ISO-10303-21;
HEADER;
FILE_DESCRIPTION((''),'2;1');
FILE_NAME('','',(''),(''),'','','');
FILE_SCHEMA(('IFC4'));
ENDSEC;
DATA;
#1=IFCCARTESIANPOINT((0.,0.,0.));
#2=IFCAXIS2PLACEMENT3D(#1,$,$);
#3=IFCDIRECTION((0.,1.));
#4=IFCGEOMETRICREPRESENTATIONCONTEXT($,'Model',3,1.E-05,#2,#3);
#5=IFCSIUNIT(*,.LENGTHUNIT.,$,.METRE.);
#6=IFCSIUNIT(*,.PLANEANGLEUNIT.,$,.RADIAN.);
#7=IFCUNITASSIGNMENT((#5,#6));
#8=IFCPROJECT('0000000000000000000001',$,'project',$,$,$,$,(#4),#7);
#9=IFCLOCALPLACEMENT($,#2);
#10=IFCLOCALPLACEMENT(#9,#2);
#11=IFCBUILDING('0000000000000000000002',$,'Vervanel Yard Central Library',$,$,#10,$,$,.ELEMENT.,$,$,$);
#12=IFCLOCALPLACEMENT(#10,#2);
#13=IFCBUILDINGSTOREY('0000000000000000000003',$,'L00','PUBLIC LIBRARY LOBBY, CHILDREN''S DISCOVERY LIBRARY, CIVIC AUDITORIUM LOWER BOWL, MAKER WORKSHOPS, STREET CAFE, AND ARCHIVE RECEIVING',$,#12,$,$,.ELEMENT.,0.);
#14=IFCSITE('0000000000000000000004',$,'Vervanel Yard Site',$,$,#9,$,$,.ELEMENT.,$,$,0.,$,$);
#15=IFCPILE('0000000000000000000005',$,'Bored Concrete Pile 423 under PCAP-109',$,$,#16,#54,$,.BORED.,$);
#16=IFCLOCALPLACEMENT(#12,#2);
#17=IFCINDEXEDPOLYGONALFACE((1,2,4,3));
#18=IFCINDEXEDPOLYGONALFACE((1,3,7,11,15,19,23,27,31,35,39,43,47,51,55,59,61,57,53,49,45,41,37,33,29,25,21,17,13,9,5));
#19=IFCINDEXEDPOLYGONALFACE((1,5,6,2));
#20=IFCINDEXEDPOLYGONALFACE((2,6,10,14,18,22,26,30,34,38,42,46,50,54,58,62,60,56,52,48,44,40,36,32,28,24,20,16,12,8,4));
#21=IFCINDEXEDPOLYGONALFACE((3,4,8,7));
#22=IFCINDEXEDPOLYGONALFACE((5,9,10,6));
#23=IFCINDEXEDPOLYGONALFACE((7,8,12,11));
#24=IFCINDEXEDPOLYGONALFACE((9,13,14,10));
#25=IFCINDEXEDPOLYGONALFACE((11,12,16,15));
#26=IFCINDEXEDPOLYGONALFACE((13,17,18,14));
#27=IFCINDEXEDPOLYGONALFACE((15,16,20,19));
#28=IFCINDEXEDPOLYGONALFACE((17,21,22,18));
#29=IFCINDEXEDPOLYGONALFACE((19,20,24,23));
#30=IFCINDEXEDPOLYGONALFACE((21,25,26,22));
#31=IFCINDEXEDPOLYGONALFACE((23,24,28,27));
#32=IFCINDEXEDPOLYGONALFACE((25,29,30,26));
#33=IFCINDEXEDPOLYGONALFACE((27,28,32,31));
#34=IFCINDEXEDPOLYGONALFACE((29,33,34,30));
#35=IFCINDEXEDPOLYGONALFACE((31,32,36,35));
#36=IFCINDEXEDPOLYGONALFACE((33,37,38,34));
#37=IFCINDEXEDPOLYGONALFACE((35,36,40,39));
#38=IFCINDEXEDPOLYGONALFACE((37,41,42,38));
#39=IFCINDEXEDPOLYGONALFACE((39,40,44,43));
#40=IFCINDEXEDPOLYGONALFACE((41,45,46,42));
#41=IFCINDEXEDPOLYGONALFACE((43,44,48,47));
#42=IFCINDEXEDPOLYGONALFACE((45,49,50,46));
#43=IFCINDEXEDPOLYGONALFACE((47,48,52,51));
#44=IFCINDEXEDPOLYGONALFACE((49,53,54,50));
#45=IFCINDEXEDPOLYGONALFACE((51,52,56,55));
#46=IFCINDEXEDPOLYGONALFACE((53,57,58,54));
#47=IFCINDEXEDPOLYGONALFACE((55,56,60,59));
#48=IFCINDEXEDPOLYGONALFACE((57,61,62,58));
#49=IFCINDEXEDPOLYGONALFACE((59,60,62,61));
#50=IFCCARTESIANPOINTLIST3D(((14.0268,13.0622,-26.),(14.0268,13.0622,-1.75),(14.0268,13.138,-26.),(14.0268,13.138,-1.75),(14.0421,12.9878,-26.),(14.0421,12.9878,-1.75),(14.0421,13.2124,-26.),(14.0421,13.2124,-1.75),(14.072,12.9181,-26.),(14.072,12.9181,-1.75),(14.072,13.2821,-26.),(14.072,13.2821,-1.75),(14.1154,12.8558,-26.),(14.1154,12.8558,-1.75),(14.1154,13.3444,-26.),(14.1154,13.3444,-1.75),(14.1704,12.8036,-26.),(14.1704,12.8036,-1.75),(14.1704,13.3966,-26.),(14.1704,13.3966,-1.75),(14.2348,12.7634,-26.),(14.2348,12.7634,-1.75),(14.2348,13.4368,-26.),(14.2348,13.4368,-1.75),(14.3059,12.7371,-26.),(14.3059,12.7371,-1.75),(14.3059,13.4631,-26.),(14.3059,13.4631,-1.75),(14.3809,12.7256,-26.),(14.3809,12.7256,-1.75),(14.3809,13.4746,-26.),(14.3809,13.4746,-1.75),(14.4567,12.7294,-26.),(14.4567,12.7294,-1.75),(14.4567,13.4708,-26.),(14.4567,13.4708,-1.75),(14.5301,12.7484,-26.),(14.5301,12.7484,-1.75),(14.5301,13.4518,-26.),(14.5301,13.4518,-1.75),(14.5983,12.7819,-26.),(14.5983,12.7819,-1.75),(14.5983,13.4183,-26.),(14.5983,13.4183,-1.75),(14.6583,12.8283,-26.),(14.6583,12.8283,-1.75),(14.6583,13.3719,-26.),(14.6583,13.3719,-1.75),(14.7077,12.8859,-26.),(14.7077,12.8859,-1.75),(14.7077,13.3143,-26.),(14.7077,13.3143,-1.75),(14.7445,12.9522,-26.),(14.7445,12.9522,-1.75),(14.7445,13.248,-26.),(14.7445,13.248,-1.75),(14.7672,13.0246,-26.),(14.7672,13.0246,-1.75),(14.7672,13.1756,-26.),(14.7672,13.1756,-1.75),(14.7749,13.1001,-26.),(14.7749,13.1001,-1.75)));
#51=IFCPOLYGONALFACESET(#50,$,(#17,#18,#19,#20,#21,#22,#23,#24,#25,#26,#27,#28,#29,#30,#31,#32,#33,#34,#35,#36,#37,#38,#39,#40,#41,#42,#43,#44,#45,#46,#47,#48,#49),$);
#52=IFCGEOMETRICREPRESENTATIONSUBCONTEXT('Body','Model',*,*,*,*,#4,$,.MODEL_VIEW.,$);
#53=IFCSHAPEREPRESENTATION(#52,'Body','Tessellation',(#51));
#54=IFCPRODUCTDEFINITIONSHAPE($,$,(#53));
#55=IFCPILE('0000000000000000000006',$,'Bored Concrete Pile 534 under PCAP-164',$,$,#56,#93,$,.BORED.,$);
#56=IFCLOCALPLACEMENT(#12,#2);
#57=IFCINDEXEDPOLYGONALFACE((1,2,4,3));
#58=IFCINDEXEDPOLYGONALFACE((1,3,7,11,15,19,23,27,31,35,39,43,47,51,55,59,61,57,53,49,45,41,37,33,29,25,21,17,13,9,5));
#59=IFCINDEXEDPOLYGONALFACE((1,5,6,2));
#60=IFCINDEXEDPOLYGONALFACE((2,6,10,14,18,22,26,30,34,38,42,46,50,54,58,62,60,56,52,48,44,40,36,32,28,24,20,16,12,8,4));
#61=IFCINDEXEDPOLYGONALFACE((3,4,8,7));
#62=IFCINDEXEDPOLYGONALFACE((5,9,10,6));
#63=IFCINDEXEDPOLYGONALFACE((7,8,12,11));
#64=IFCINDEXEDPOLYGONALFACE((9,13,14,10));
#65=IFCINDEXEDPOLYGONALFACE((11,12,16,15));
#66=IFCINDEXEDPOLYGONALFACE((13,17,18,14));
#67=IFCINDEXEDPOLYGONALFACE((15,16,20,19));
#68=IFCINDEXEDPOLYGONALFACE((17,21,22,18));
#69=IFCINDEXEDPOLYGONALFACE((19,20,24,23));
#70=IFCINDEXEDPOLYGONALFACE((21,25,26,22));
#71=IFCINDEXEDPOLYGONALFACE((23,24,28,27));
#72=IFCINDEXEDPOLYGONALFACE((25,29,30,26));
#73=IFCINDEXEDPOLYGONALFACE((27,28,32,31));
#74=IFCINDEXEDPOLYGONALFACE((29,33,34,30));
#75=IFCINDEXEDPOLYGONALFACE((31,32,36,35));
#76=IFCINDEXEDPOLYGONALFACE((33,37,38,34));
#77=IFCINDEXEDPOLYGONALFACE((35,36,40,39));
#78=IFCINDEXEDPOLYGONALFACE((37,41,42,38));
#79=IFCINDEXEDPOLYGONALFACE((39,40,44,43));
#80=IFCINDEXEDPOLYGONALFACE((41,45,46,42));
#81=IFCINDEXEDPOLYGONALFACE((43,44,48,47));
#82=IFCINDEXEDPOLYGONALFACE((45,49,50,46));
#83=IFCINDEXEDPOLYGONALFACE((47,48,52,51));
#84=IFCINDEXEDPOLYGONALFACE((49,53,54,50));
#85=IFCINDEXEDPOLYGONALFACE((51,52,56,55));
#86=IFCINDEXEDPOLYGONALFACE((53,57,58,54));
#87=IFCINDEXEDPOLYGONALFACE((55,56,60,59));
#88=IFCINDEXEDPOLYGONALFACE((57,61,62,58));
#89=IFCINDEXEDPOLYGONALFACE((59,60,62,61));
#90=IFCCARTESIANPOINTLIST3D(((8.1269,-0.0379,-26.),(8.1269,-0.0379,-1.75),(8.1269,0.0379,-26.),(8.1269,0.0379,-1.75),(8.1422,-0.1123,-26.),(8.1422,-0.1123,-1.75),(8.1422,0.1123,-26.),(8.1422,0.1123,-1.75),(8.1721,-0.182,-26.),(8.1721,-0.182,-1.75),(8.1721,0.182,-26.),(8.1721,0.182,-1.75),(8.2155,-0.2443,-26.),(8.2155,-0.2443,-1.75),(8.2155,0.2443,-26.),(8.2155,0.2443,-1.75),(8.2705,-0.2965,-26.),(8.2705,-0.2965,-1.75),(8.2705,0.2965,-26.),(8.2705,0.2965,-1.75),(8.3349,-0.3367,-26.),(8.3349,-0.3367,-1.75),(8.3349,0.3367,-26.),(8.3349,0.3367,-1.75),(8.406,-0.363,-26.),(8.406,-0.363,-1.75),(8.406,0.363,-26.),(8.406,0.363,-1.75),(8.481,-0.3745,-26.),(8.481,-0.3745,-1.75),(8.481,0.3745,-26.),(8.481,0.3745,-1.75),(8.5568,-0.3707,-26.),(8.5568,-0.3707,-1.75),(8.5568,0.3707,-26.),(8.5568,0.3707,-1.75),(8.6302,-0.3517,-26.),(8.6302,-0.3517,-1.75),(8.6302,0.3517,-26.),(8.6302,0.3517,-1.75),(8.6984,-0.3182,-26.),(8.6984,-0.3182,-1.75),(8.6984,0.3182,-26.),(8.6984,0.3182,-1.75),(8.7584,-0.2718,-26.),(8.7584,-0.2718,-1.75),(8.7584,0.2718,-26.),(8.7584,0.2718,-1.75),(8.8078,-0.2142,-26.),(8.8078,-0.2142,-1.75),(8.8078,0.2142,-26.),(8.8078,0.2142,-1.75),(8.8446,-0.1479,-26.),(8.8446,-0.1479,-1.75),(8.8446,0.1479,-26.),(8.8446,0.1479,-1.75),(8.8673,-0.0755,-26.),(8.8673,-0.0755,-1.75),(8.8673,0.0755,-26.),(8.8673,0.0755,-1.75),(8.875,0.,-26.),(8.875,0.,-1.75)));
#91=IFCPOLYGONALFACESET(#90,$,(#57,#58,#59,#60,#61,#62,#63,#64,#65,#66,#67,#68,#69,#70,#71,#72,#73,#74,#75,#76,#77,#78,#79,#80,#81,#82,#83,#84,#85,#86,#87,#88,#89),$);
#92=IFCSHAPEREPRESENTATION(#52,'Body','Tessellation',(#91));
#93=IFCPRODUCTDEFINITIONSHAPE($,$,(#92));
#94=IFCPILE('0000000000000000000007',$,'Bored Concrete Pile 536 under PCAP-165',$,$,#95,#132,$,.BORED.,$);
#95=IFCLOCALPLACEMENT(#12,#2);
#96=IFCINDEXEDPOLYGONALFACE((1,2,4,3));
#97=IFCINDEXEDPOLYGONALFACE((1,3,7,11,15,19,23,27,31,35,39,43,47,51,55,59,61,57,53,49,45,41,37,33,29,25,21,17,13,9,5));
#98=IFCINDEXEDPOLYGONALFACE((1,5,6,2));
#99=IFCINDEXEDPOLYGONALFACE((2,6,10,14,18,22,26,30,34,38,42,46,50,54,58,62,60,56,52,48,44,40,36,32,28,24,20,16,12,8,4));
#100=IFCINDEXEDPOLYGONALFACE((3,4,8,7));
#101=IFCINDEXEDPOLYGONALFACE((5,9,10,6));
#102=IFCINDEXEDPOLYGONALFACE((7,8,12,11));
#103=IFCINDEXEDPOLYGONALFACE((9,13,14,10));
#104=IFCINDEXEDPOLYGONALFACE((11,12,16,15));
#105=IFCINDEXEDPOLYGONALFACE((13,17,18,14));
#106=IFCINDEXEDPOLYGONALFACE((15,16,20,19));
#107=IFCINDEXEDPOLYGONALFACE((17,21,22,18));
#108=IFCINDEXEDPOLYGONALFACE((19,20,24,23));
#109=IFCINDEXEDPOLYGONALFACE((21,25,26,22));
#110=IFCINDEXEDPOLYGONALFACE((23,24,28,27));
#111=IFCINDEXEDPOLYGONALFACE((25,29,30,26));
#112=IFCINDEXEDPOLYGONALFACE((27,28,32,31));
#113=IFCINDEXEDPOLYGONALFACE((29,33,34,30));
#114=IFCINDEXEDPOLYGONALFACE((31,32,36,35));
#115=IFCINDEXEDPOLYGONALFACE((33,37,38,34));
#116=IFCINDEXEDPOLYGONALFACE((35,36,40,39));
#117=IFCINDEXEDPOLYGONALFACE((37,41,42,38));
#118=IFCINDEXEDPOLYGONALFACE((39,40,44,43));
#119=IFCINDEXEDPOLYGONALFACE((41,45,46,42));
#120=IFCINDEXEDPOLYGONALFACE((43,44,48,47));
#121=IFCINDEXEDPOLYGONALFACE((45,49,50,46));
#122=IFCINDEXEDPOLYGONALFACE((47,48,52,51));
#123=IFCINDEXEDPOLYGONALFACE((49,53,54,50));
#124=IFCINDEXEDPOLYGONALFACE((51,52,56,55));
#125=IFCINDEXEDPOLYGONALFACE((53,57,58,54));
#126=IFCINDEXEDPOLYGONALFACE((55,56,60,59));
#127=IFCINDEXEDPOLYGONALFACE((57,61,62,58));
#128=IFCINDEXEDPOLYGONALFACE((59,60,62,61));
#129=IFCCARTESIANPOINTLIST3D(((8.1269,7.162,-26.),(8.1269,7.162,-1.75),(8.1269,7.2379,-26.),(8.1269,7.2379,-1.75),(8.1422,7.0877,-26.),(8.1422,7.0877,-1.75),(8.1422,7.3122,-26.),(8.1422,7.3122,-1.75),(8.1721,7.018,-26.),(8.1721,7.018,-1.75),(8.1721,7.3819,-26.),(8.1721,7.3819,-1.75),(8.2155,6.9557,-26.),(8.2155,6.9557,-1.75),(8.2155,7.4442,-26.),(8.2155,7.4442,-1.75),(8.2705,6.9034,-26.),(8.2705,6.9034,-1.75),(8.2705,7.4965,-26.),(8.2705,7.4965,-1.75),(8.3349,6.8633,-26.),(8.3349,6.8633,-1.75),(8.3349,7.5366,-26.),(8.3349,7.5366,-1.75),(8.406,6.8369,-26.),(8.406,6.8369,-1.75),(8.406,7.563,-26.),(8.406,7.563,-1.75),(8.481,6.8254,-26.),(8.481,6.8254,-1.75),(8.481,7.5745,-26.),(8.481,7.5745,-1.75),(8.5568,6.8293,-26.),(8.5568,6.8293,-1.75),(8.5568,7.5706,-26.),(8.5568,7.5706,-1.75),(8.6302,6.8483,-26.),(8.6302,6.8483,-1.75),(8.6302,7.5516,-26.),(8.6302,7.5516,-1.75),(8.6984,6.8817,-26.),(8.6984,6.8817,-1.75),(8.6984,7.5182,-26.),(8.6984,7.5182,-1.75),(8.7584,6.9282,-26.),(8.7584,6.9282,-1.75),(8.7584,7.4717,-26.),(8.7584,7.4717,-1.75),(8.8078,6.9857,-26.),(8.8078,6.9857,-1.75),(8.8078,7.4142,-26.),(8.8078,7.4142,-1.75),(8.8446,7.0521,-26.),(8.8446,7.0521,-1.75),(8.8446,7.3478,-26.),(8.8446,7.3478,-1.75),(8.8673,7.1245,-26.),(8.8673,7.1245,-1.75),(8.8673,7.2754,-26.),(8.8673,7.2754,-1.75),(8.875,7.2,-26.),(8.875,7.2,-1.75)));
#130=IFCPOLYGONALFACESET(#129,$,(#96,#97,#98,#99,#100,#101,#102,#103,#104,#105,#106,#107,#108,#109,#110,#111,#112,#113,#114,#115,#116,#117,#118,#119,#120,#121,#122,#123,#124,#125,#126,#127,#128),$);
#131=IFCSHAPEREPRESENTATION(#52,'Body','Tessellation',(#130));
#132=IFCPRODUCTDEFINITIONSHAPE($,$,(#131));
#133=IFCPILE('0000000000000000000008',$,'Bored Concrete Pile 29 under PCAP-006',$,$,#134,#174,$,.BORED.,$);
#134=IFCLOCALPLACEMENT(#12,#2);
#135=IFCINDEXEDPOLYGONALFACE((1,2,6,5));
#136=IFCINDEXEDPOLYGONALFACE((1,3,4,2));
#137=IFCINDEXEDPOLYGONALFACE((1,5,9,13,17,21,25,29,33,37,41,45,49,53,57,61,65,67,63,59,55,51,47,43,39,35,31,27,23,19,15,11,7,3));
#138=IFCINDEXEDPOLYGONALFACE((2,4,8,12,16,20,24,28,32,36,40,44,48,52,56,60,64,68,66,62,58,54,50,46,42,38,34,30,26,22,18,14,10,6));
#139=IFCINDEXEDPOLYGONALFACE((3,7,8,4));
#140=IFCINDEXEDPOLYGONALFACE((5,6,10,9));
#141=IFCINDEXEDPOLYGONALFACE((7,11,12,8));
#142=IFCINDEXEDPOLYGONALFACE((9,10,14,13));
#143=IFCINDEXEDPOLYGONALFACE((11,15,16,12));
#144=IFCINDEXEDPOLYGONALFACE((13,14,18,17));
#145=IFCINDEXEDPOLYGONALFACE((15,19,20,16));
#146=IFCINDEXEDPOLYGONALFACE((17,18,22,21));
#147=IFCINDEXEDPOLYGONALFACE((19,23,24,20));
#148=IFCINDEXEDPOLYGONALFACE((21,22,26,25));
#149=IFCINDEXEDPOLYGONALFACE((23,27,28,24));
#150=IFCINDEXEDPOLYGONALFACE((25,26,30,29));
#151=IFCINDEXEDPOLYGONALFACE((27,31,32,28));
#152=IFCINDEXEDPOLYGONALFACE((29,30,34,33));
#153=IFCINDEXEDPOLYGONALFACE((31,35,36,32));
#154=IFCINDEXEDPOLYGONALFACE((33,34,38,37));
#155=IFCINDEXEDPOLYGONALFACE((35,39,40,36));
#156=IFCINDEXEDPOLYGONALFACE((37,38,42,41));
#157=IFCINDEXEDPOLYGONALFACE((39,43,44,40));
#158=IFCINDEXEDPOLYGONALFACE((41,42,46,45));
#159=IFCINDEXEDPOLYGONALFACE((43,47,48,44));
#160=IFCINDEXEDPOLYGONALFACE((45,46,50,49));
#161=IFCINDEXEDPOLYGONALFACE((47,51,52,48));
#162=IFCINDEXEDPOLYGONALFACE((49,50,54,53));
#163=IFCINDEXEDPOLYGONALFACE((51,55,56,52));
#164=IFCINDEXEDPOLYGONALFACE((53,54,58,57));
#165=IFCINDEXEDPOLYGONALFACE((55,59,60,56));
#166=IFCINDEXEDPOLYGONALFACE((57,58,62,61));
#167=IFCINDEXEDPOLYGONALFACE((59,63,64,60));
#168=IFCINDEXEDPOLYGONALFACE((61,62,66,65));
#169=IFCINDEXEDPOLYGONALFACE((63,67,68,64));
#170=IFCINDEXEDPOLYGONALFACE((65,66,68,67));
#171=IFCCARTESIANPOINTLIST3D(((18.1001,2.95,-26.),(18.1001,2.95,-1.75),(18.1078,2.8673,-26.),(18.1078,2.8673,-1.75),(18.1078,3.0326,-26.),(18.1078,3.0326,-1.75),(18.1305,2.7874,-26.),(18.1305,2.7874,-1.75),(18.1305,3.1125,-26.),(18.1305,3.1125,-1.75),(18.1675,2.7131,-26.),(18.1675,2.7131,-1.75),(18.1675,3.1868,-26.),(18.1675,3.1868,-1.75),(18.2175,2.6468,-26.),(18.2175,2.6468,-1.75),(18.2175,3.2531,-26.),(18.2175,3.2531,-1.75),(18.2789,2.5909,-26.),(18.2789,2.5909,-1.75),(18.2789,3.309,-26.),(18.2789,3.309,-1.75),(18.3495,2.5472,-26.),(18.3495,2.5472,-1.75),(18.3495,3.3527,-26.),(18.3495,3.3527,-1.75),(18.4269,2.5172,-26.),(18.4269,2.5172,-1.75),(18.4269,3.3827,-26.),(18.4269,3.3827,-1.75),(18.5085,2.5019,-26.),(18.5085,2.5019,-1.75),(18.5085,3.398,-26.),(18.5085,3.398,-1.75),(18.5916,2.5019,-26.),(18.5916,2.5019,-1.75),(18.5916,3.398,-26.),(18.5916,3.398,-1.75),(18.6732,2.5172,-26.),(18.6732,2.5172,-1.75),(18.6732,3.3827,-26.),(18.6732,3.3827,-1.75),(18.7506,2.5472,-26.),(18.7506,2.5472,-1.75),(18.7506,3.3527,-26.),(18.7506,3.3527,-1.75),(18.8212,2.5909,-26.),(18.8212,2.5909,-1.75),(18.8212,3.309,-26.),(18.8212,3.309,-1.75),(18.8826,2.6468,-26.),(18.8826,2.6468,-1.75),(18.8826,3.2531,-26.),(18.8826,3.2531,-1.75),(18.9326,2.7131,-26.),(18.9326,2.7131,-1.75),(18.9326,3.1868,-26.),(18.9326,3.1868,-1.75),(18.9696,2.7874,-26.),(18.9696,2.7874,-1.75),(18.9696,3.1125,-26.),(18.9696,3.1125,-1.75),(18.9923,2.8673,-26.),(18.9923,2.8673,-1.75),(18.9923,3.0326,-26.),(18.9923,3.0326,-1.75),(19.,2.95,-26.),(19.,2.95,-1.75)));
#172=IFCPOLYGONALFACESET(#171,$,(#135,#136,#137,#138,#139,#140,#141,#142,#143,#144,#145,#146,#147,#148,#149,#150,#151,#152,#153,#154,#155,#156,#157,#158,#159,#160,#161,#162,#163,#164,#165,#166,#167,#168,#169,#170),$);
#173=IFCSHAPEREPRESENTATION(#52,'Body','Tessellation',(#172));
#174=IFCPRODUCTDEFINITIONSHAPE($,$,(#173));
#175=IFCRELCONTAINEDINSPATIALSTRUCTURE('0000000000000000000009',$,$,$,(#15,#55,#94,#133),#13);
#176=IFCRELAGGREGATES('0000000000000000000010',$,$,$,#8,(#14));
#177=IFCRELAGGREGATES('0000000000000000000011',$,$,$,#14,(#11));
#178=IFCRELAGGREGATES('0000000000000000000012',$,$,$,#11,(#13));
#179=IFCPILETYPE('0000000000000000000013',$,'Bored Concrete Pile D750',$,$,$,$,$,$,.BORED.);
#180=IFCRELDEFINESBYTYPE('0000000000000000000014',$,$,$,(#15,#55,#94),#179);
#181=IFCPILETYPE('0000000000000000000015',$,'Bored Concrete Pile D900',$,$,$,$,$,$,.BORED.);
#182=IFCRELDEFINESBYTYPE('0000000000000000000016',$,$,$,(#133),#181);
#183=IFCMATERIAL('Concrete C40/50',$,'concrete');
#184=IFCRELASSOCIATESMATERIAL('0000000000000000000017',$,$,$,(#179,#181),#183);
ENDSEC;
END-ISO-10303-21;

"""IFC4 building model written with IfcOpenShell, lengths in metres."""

from ifc_helpers import new_model, si_unit, direction, frame, origin, origin_2d, place, context, subcontext, project, spatial, circle, extrude, material, material_profile, profile_set, type_object, element, save


model = new_model("IFC4")

# Units and contexts
model_context = context("Model", 3, precision=1e-05, world=origin(), true_north=direction((0.0, 1.0)))
body_context = subcontext(model_context, "Body", "Model", "MODEL_VIEW")
ifc_project = project(units=[si_unit("LENGTHUNIT", "METRE"), si_unit("PLANEANGLEUNIT", "RADIAN")], contexts=[model_context])

# Site, building, storey
site_placement = place(None, origin())
site = spatial("IfcSite", under=ifc_project, at=site_placement, Name="Vervanel Yard Site", CompositionType="ELEMENT", RefElevation=0.0)
building_placement = place(site_placement, origin())
building = spatial("IfcBuilding", under=site, at=building_placement, Name="Vervanel Yard Central Library", CompositionType="ELEMENT")
storey_placement = place(building_placement, origin())
storey = spatial("IfcBuildingStorey", under=building, at=storey_placement, Name="L00", Description="PUBLIC LIBRARY LOBBY, CHILDREN'S DISCOVERY LIBRARY, CIVIC AUDITORIUM LOWER BOWL, MAKER WORKSHOPS, STREET CAFE, AND ARCHIVE RECEIVING", CompositionType="ELEMENT", Elevation=0.0)

# Piles
ifc_material_1 = material(Name="Concrete C40/50", Category="concrete")
ifc_material_profile_1 = material_profile(ifc_material_1, circle(Radius=0.375, at=origin_2d()), Name="BP D750", Category="concrete")
ifc_profile_set_1 = profile_set([ifc_material_profile_1], Name="Concrete C40/50")
pile_type_1 = type_object("IfcPileType", Name="Bored Concrete Pile D750", PredefinedType="BORED", material=ifc_profile_set_1)
for number, where, z_axis, x_axis, name in (
    (1, (14.3999, 13.1001, -1.75), (0.0, 0.0, -1.0), (1.0, 0.0, 0.0), "Bored Concrete Pile 423 under PCAP-109"),
    (2, (8.5, 0.0, -1.75), (0.0, 0.0, -1.0), (1.0, 0.0, 0.0), "Bored Concrete Pile 534 under PCAP-164"),
    (3, (8.5, 7.2, -1.75), (0.0, 0.0, -1.0), (1.0, 0.0, 0.0), "Bored Concrete Pile 536 under PCAP-165"),
):
    element("IfcPile", number, at=place(storey_placement, frame(where, z_axis=z_axis, x_axis=x_axis)), inside=storey, type_object=pile_type_1, Name=name, PredefinedType="BORED", context=body_context, shape_type="SweptSolid", body=[
        extrude(circle(Radius=0.375, at=origin_2d()), origin(), (0.0, 0.0, 1.0), 24.25),
    ])
ifc_material_profile_2 = material_profile(ifc_material_1, circle(Radius=0.45, at=origin_2d()), Name="BP D900", Category="concrete")
ifc_profile_set_2 = profile_set([ifc_material_profile_2], Name="Concrete C40/50")
pile_type_2 = type_object("IfcPileType", Name="Bored Concrete Pile D900", PredefinedType="BORED", material=ifc_profile_set_2)
for number, where, z_axis, x_axis, name in (
    (4, (18.55, 2.95, -1.75), (0.0, 0.0, -1.0), (1.0, 0.0, 0.0), "Bored Concrete Pile 29 under PCAP-006"),
):
    element("IfcPile", number, at=place(storey_placement, frame(where, z_axis=z_axis, x_axis=x_axis)), inside=storey, type_object=pile_type_2, Name=name, PredefinedType="BORED", context=body_context, shape_type="SweptSolid", body=[
        extrude(circle(Radius=0.45, at=origin_2d()), origin(), (0.0, 0.0, 1.0), 24.25),
    ])

save(model, "model.ifc")
